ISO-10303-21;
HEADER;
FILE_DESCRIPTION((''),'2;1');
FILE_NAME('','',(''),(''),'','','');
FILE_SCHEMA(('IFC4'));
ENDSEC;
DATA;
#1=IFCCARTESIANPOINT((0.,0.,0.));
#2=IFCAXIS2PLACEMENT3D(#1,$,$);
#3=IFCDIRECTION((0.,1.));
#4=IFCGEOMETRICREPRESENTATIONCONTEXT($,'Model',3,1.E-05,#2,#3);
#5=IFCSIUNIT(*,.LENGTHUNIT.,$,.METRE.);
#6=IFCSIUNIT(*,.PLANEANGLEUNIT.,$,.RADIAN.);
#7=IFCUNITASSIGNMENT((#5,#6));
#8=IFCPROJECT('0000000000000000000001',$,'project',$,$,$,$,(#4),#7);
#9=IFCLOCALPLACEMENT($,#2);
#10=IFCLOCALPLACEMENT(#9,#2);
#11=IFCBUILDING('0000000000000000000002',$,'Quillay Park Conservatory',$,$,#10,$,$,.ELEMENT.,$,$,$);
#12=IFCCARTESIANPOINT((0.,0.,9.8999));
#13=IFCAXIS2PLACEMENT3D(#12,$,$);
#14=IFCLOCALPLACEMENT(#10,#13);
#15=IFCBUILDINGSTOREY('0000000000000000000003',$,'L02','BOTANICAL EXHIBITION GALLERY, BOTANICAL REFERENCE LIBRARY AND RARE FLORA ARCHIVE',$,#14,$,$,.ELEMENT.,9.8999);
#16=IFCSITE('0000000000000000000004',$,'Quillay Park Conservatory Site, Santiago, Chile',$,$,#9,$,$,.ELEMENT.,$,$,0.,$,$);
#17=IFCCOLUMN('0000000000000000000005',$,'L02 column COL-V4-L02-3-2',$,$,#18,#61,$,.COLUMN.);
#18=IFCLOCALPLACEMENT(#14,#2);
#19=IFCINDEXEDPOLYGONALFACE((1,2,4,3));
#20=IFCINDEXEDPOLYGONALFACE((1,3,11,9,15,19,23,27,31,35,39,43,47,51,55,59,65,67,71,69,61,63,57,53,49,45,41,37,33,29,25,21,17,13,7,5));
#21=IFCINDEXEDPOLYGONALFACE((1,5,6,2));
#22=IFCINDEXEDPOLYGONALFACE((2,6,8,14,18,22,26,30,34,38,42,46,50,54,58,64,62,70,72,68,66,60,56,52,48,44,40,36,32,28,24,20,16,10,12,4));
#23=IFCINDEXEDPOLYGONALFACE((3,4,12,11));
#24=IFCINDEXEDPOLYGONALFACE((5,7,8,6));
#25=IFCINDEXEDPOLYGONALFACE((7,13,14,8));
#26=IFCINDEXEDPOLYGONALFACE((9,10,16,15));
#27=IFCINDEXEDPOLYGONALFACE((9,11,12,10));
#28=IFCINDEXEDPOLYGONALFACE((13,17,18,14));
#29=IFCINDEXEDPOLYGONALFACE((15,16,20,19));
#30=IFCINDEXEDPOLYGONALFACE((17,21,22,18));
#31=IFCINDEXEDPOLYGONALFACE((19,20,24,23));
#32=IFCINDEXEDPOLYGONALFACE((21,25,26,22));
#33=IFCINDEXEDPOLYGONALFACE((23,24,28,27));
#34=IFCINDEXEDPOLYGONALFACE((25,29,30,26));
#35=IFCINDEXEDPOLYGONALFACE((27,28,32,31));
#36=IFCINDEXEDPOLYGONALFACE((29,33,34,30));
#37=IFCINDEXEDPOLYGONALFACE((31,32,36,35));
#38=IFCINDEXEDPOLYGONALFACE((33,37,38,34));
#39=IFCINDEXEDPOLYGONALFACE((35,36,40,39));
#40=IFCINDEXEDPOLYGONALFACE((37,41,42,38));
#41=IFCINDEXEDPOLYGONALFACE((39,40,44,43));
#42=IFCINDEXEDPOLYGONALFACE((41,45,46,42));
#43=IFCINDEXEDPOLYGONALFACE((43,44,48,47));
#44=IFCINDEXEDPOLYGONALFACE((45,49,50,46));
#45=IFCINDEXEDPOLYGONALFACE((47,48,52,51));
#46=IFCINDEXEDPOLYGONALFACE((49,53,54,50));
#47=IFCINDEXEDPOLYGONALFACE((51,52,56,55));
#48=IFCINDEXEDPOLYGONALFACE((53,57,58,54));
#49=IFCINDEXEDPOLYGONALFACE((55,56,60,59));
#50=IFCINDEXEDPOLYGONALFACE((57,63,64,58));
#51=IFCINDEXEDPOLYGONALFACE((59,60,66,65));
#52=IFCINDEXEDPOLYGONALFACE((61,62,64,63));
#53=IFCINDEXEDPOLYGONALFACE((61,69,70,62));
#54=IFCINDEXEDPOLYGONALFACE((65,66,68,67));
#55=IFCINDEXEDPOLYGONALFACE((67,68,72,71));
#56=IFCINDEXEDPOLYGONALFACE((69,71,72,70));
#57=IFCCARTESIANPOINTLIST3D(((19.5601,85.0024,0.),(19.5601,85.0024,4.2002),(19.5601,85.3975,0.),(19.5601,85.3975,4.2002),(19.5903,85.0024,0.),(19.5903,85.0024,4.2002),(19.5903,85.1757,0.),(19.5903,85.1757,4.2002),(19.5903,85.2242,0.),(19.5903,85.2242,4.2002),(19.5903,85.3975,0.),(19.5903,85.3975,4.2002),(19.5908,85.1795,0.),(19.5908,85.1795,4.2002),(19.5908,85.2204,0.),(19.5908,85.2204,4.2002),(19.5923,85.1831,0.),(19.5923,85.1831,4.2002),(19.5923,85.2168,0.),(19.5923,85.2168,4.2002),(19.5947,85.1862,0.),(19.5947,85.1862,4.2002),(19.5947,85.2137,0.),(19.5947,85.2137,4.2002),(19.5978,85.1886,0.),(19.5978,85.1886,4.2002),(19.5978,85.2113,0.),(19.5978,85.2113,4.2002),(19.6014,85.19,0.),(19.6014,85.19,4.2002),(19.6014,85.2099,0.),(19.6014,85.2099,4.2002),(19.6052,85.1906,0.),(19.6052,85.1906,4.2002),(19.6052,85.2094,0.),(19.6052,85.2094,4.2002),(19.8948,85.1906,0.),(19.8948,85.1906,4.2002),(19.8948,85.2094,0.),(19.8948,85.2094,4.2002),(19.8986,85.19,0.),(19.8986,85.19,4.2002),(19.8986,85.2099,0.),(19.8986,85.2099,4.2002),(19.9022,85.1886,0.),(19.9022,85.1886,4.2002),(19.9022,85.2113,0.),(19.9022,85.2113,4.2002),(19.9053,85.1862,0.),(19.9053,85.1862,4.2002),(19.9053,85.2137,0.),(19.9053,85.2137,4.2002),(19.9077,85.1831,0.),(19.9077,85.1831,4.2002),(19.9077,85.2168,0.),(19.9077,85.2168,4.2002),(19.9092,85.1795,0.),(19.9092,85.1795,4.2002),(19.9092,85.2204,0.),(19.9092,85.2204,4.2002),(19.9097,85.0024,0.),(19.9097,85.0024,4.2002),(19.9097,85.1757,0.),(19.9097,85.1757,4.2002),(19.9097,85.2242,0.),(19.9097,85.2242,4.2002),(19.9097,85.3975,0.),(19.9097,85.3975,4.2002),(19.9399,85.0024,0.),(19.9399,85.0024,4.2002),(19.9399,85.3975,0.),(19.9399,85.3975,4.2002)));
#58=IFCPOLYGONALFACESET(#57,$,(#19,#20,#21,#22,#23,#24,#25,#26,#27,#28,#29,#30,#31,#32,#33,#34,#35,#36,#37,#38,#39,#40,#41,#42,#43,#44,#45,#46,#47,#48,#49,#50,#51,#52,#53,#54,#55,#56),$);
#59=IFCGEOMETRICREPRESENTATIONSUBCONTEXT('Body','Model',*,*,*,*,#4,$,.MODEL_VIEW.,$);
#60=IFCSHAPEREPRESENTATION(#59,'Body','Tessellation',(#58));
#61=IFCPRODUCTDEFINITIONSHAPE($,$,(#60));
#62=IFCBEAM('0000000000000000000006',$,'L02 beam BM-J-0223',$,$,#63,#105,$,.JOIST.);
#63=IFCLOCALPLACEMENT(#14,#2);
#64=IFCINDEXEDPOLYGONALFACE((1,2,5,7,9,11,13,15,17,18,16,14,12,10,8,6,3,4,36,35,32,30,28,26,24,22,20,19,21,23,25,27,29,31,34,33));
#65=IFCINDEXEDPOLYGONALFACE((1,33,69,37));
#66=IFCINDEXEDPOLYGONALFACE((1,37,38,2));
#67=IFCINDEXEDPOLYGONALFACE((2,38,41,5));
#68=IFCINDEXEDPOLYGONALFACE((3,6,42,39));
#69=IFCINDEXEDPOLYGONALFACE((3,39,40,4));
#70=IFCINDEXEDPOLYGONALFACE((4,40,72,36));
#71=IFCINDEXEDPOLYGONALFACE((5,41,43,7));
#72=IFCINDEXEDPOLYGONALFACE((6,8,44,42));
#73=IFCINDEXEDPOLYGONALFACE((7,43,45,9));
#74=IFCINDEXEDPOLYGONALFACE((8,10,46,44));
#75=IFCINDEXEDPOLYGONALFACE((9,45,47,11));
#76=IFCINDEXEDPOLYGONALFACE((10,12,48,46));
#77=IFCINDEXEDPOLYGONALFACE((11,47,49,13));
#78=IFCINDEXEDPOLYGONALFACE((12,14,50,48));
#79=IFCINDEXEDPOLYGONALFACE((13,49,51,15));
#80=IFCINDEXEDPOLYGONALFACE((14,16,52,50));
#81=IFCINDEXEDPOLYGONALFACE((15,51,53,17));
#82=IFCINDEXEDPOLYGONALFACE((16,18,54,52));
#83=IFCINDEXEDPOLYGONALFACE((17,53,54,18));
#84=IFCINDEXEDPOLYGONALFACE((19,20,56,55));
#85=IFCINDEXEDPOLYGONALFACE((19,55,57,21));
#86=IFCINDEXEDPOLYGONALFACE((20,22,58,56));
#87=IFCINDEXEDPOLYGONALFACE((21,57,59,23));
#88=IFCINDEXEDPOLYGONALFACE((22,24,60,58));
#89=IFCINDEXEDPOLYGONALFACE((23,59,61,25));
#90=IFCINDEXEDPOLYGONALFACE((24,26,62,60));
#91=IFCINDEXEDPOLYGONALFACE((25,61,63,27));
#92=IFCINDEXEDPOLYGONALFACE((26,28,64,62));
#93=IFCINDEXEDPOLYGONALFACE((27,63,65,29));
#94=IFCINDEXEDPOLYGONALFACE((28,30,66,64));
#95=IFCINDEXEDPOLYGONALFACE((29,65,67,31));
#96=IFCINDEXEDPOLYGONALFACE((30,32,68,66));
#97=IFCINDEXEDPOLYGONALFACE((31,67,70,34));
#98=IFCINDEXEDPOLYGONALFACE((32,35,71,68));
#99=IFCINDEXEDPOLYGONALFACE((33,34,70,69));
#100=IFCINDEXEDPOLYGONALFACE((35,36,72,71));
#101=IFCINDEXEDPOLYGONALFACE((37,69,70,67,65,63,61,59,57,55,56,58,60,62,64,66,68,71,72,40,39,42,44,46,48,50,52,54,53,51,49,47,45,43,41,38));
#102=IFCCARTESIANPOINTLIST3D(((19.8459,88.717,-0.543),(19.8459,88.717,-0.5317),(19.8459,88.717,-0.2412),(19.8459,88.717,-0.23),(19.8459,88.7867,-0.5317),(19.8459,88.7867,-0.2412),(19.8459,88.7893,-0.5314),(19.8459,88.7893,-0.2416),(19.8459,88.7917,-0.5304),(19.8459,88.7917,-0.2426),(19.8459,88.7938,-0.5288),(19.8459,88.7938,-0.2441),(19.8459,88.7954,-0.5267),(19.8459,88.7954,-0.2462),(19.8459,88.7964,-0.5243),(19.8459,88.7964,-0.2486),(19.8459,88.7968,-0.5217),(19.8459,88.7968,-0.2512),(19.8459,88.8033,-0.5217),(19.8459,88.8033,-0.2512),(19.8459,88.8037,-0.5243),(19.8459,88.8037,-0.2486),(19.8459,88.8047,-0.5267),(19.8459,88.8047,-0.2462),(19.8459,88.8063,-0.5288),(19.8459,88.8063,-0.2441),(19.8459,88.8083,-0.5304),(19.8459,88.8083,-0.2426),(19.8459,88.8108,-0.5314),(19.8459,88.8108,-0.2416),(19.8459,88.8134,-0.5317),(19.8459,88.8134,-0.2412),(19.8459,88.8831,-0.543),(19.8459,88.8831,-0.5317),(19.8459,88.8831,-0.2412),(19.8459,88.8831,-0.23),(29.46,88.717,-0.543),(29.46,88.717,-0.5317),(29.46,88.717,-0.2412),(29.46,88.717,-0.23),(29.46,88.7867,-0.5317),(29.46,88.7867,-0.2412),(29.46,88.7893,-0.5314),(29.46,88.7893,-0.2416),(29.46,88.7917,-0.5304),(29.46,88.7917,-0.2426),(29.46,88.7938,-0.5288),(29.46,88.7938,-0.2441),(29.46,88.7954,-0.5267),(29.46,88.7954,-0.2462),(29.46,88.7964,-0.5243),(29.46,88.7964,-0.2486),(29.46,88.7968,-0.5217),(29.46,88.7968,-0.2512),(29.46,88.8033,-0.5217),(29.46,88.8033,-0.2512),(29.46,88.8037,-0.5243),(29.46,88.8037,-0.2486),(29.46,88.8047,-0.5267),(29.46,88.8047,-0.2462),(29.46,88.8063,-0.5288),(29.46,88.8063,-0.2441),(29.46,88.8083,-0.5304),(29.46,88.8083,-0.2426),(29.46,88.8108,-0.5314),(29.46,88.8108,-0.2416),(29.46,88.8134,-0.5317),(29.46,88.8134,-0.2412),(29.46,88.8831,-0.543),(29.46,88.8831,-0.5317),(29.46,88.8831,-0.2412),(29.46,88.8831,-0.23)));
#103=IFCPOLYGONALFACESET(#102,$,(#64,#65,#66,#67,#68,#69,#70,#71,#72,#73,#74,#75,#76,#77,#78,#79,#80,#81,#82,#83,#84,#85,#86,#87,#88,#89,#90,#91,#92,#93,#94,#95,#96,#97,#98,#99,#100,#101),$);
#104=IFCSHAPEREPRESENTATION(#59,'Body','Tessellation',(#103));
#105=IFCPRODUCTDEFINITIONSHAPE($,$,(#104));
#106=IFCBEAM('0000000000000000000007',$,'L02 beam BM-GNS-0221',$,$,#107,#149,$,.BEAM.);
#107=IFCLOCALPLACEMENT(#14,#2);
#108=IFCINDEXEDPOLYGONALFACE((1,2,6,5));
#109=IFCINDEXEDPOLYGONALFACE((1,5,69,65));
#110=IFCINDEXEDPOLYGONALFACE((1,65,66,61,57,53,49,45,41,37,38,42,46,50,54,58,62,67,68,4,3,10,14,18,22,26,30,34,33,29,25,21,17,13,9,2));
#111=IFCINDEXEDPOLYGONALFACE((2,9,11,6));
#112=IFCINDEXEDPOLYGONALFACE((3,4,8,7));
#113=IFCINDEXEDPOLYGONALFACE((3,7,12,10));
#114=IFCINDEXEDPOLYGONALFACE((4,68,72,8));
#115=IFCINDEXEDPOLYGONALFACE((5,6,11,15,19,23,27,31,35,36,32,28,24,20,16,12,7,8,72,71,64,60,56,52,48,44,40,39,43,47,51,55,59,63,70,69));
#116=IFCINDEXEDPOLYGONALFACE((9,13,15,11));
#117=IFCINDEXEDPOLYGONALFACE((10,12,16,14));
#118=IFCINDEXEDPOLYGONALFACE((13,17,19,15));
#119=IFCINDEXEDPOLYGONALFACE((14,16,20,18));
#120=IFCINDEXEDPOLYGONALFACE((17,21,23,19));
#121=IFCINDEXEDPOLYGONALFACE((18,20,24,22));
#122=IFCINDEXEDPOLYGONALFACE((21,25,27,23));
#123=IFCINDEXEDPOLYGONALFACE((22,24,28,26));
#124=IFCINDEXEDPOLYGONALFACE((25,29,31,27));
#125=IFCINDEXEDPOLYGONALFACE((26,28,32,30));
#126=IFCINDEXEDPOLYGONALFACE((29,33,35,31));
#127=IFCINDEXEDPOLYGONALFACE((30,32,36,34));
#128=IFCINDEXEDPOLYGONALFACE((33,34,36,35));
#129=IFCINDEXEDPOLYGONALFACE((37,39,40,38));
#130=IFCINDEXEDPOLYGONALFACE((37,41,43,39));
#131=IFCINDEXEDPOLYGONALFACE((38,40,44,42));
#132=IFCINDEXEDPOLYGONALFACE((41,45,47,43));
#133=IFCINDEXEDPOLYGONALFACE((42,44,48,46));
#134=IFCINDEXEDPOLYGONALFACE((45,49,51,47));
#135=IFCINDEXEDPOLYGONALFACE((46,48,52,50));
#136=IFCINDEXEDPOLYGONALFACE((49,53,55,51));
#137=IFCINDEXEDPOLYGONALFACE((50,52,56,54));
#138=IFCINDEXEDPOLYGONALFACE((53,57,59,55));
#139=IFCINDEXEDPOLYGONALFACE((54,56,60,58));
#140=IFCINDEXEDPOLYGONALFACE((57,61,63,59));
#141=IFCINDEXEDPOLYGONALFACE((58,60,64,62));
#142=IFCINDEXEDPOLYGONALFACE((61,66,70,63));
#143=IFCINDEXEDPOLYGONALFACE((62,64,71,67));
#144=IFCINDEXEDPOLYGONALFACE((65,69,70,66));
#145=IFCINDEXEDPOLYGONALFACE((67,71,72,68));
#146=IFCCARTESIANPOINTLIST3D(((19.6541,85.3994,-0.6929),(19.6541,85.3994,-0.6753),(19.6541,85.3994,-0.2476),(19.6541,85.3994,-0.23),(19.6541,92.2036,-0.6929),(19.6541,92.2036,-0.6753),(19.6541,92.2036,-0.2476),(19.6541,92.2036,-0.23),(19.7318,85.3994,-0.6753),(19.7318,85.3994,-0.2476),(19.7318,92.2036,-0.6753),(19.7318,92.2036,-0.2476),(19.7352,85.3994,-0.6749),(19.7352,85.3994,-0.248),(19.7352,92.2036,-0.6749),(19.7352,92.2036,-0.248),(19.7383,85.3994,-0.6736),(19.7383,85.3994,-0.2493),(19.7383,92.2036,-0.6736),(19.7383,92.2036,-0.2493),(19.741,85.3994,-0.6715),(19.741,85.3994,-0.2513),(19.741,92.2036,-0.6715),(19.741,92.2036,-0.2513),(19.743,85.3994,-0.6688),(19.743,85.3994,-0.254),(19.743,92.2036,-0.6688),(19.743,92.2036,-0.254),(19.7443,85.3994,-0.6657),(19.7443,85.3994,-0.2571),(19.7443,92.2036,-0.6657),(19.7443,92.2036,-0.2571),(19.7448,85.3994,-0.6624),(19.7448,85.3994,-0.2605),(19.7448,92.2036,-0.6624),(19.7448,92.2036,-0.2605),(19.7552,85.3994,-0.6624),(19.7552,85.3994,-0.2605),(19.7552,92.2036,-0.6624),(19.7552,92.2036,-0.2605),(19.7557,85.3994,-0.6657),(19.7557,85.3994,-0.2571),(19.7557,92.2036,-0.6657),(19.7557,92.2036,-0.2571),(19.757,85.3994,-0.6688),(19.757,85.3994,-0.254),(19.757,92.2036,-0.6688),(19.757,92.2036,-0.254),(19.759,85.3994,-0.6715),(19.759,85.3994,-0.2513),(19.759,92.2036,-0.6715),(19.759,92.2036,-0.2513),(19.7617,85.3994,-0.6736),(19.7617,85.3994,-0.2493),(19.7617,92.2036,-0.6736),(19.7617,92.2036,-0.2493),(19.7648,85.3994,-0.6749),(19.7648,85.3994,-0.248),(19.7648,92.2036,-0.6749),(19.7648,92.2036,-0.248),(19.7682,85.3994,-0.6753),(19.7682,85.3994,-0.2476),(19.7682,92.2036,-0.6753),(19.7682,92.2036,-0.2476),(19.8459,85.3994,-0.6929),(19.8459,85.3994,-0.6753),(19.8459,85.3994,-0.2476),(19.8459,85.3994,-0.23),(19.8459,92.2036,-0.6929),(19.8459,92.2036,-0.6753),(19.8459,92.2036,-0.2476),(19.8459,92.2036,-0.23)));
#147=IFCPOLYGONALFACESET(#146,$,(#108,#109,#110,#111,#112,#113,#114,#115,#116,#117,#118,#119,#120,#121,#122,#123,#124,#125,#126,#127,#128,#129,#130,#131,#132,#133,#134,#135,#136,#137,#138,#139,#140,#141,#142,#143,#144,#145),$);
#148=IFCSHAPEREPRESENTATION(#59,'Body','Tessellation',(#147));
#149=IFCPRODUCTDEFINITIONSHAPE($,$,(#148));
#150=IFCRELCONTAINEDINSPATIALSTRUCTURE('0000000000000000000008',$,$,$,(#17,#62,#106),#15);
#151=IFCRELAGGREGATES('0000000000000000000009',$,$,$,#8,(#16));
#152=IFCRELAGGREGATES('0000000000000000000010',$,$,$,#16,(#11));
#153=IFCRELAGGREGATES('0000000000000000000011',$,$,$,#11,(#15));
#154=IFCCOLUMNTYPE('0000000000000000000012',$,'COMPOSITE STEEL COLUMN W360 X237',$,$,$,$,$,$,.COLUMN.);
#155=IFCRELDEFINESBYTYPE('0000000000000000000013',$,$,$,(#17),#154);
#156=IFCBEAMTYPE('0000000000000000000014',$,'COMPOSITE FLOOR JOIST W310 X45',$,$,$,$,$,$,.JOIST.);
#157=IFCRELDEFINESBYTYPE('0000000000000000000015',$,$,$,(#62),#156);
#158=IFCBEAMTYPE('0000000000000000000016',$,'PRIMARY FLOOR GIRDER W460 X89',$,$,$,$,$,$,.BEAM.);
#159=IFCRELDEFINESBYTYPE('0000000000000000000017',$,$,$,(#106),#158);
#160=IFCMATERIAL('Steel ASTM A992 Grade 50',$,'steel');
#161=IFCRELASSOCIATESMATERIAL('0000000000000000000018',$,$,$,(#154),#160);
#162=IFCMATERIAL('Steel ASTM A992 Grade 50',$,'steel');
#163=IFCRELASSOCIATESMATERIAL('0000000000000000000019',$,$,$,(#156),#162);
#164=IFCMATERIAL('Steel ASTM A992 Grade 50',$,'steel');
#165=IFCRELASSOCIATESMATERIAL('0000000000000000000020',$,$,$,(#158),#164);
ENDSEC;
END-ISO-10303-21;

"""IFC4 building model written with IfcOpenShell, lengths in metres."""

from ifc_helpers import new_model, si_unit, direction, frame, origin, origin_2d, place, context, subcontext, project, spatial, i_section, extrude, material, material_profile, profile_set, type_object, element, save


model = new_model("IFC4")

# Units and contexts
model_context = context("Model", 3, precision=1e-05, world=origin(), true_north=direction((0.0, 1.0)))
body_context = subcontext(model_context, "Body", "Model", "MODEL_VIEW")
ifc_project = project(units=[si_unit("LENGTHUNIT", "METRE"), si_unit("PLANEANGLEUNIT", "RADIAN")], contexts=[model_context])

# Site, building, storey
site_placement = place(None, origin())
site = spatial("IfcSite", under=ifc_project, at=site_placement, Name="Quillay Park Conservatory Site, Santiago, Chile", CompositionType="ELEMENT", RefElevation=0.0)
building_placement = place(site_placement, origin())
building = spatial("IfcBuilding", under=site, at=building_placement, Name="Quillay Park Conservatory", CompositionType="ELEMENT")
storey_placement = place(building_placement, frame((0.0, 0.0, 9.8999)))
storey = spatial("IfcBuildingStorey", under=building, at=storey_placement, Name="L02", Description="BOTANICAL EXHIBITION GALLERY, BOTANICAL REFERENCE LIBRARY AND RARE FLORA ARCHIVE", CompositionType="ELEMENT", Elevation=9.8999)

# Column
ifc_material_1 = material(Name="Steel ASTM A992 Grade 50", Category="steel")
ifc_material_profile_1 = material_profile(ifc_material_1, i_section(OverallWidth=0.395, OverallDepth=0.3799, WebThickness=0.0188, FlangeThickness=0.0303, FilletRadius=0.0149, at=origin_2d()), Name="W360x237")
ifc_profile_set_1 = profile_set([ifc_material_profile_1], Name="Steel ASTM A992 Grade 50")
column_type = type_object("IfcColumnType", Name="COMPOSITE STEEL COLUMN W360 X237", PredefinedType="COLUMN", material=ifc_profile_set_1)
column_placement = place(storey_placement, frame((19.75, 85.2, 0.0), z_axis=(0.0, 0.0, 1.0), x_axis=(0.0, 1.0, 0.0)))
element("IfcColumn", 1, at=column_placement, inside=storey, type_object=column_type, Name="L02 column COL-V4-L02-3-2", PredefinedType="COLUMN", context=body_context, shape_type="SweptSolid", body=[
    extrude(i_section(OverallWidth=0.395, OverallDepth=0.3799, WebThickness=0.0188, FlangeThickness=0.0303, FilletRadius=0.0149, at=origin_2d()), origin(), (0.0, 0.0, 1.0), 4.2002),
])

# Beams
ifc_material_2 = material(Name="Steel ASTM A992 Grade 50", Category="steel")
ifc_material_profile_2 = material_profile(ifc_material_2, i_section(OverallWidth=0.166, OverallDepth=0.313, WebThickness=0.0066, FlangeThickness=0.0112, FilletRadius=0.01, at=origin_2d()), Name="W310x45")
ifc_profile_set_2 = profile_set([ifc_material_profile_2], Name="Steel ASTM A992 Grade 50")
beam_type_1 = type_object("IfcBeamType", Name="COMPOSITE FLOOR JOIST W310 X45", PredefinedType="JOIST", material=ifc_profile_set_2)
beam_1_placement = place(storey_placement, frame((19.8459, 88.8, -0.3865), z_axis=(1.0, 0.0, 0.0), x_axis=(0.0, 1.0, 0.0)))
element("IfcBeam", 2, at=beam_1_placement, inside=storey, type_object=beam_type_1, Name="L02 beam BM-J-0223", PredefinedType="JOIST", context=body_context, shape_type="SweptSolid", body=[
    extrude(i_section(OverallWidth=0.166, OverallDepth=0.313, WebThickness=0.0066, FlangeThickness=0.0112, FilletRadius=0.01, at=origin_2d()), origin(), (0.0, 0.0, 1.0), 9.614),
])
ifc_material_3 = material(Name="Steel ASTM A992 Grade 50", Category="steel")
ifc_material_profile_3 = material_profile(ifc_material_3, i_section(OverallWidth=0.1919, OverallDepth=0.4629, WebThickness=0.0105, FlangeThickness=0.0176, FilletRadius=0.0129, at=origin_2d()), Name="W460x89")
ifc_profile_set_3 = profile_set([ifc_material_profile_3], Name="Steel ASTM A992 Grade 50")
beam_type_2 = type_object("IfcBeamType", Name="PRIMARY FLOOR GIRDER W460 X89", PredefinedType="BEAM", material=ifc_profile_set_3)
beam_2_placement = place(storey_placement, frame((19.75, 85.3994, -0.4614), z_axis=(0.0, 1.0, 0.0), x_axis=(-1.0, 0.0, 0.0)))
element("IfcBeam", 3, at=beam_2_placement, inside=storey, type_object=beam_type_2, Name="L02 beam BM-GNS-0221", PredefinedType="BEAM", context=body_context, shape_type="SweptSolid", body=[
    extrude(i_section(OverallWidth=0.1919, OverallDepth=0.4629, WebThickness=0.0105, FlangeThickness=0.0176, FilletRadius=0.0129, at=origin_2d()), origin(), (0.0, 0.0, 1.0), 6.8042),
])

save(model, "model.ifc")
